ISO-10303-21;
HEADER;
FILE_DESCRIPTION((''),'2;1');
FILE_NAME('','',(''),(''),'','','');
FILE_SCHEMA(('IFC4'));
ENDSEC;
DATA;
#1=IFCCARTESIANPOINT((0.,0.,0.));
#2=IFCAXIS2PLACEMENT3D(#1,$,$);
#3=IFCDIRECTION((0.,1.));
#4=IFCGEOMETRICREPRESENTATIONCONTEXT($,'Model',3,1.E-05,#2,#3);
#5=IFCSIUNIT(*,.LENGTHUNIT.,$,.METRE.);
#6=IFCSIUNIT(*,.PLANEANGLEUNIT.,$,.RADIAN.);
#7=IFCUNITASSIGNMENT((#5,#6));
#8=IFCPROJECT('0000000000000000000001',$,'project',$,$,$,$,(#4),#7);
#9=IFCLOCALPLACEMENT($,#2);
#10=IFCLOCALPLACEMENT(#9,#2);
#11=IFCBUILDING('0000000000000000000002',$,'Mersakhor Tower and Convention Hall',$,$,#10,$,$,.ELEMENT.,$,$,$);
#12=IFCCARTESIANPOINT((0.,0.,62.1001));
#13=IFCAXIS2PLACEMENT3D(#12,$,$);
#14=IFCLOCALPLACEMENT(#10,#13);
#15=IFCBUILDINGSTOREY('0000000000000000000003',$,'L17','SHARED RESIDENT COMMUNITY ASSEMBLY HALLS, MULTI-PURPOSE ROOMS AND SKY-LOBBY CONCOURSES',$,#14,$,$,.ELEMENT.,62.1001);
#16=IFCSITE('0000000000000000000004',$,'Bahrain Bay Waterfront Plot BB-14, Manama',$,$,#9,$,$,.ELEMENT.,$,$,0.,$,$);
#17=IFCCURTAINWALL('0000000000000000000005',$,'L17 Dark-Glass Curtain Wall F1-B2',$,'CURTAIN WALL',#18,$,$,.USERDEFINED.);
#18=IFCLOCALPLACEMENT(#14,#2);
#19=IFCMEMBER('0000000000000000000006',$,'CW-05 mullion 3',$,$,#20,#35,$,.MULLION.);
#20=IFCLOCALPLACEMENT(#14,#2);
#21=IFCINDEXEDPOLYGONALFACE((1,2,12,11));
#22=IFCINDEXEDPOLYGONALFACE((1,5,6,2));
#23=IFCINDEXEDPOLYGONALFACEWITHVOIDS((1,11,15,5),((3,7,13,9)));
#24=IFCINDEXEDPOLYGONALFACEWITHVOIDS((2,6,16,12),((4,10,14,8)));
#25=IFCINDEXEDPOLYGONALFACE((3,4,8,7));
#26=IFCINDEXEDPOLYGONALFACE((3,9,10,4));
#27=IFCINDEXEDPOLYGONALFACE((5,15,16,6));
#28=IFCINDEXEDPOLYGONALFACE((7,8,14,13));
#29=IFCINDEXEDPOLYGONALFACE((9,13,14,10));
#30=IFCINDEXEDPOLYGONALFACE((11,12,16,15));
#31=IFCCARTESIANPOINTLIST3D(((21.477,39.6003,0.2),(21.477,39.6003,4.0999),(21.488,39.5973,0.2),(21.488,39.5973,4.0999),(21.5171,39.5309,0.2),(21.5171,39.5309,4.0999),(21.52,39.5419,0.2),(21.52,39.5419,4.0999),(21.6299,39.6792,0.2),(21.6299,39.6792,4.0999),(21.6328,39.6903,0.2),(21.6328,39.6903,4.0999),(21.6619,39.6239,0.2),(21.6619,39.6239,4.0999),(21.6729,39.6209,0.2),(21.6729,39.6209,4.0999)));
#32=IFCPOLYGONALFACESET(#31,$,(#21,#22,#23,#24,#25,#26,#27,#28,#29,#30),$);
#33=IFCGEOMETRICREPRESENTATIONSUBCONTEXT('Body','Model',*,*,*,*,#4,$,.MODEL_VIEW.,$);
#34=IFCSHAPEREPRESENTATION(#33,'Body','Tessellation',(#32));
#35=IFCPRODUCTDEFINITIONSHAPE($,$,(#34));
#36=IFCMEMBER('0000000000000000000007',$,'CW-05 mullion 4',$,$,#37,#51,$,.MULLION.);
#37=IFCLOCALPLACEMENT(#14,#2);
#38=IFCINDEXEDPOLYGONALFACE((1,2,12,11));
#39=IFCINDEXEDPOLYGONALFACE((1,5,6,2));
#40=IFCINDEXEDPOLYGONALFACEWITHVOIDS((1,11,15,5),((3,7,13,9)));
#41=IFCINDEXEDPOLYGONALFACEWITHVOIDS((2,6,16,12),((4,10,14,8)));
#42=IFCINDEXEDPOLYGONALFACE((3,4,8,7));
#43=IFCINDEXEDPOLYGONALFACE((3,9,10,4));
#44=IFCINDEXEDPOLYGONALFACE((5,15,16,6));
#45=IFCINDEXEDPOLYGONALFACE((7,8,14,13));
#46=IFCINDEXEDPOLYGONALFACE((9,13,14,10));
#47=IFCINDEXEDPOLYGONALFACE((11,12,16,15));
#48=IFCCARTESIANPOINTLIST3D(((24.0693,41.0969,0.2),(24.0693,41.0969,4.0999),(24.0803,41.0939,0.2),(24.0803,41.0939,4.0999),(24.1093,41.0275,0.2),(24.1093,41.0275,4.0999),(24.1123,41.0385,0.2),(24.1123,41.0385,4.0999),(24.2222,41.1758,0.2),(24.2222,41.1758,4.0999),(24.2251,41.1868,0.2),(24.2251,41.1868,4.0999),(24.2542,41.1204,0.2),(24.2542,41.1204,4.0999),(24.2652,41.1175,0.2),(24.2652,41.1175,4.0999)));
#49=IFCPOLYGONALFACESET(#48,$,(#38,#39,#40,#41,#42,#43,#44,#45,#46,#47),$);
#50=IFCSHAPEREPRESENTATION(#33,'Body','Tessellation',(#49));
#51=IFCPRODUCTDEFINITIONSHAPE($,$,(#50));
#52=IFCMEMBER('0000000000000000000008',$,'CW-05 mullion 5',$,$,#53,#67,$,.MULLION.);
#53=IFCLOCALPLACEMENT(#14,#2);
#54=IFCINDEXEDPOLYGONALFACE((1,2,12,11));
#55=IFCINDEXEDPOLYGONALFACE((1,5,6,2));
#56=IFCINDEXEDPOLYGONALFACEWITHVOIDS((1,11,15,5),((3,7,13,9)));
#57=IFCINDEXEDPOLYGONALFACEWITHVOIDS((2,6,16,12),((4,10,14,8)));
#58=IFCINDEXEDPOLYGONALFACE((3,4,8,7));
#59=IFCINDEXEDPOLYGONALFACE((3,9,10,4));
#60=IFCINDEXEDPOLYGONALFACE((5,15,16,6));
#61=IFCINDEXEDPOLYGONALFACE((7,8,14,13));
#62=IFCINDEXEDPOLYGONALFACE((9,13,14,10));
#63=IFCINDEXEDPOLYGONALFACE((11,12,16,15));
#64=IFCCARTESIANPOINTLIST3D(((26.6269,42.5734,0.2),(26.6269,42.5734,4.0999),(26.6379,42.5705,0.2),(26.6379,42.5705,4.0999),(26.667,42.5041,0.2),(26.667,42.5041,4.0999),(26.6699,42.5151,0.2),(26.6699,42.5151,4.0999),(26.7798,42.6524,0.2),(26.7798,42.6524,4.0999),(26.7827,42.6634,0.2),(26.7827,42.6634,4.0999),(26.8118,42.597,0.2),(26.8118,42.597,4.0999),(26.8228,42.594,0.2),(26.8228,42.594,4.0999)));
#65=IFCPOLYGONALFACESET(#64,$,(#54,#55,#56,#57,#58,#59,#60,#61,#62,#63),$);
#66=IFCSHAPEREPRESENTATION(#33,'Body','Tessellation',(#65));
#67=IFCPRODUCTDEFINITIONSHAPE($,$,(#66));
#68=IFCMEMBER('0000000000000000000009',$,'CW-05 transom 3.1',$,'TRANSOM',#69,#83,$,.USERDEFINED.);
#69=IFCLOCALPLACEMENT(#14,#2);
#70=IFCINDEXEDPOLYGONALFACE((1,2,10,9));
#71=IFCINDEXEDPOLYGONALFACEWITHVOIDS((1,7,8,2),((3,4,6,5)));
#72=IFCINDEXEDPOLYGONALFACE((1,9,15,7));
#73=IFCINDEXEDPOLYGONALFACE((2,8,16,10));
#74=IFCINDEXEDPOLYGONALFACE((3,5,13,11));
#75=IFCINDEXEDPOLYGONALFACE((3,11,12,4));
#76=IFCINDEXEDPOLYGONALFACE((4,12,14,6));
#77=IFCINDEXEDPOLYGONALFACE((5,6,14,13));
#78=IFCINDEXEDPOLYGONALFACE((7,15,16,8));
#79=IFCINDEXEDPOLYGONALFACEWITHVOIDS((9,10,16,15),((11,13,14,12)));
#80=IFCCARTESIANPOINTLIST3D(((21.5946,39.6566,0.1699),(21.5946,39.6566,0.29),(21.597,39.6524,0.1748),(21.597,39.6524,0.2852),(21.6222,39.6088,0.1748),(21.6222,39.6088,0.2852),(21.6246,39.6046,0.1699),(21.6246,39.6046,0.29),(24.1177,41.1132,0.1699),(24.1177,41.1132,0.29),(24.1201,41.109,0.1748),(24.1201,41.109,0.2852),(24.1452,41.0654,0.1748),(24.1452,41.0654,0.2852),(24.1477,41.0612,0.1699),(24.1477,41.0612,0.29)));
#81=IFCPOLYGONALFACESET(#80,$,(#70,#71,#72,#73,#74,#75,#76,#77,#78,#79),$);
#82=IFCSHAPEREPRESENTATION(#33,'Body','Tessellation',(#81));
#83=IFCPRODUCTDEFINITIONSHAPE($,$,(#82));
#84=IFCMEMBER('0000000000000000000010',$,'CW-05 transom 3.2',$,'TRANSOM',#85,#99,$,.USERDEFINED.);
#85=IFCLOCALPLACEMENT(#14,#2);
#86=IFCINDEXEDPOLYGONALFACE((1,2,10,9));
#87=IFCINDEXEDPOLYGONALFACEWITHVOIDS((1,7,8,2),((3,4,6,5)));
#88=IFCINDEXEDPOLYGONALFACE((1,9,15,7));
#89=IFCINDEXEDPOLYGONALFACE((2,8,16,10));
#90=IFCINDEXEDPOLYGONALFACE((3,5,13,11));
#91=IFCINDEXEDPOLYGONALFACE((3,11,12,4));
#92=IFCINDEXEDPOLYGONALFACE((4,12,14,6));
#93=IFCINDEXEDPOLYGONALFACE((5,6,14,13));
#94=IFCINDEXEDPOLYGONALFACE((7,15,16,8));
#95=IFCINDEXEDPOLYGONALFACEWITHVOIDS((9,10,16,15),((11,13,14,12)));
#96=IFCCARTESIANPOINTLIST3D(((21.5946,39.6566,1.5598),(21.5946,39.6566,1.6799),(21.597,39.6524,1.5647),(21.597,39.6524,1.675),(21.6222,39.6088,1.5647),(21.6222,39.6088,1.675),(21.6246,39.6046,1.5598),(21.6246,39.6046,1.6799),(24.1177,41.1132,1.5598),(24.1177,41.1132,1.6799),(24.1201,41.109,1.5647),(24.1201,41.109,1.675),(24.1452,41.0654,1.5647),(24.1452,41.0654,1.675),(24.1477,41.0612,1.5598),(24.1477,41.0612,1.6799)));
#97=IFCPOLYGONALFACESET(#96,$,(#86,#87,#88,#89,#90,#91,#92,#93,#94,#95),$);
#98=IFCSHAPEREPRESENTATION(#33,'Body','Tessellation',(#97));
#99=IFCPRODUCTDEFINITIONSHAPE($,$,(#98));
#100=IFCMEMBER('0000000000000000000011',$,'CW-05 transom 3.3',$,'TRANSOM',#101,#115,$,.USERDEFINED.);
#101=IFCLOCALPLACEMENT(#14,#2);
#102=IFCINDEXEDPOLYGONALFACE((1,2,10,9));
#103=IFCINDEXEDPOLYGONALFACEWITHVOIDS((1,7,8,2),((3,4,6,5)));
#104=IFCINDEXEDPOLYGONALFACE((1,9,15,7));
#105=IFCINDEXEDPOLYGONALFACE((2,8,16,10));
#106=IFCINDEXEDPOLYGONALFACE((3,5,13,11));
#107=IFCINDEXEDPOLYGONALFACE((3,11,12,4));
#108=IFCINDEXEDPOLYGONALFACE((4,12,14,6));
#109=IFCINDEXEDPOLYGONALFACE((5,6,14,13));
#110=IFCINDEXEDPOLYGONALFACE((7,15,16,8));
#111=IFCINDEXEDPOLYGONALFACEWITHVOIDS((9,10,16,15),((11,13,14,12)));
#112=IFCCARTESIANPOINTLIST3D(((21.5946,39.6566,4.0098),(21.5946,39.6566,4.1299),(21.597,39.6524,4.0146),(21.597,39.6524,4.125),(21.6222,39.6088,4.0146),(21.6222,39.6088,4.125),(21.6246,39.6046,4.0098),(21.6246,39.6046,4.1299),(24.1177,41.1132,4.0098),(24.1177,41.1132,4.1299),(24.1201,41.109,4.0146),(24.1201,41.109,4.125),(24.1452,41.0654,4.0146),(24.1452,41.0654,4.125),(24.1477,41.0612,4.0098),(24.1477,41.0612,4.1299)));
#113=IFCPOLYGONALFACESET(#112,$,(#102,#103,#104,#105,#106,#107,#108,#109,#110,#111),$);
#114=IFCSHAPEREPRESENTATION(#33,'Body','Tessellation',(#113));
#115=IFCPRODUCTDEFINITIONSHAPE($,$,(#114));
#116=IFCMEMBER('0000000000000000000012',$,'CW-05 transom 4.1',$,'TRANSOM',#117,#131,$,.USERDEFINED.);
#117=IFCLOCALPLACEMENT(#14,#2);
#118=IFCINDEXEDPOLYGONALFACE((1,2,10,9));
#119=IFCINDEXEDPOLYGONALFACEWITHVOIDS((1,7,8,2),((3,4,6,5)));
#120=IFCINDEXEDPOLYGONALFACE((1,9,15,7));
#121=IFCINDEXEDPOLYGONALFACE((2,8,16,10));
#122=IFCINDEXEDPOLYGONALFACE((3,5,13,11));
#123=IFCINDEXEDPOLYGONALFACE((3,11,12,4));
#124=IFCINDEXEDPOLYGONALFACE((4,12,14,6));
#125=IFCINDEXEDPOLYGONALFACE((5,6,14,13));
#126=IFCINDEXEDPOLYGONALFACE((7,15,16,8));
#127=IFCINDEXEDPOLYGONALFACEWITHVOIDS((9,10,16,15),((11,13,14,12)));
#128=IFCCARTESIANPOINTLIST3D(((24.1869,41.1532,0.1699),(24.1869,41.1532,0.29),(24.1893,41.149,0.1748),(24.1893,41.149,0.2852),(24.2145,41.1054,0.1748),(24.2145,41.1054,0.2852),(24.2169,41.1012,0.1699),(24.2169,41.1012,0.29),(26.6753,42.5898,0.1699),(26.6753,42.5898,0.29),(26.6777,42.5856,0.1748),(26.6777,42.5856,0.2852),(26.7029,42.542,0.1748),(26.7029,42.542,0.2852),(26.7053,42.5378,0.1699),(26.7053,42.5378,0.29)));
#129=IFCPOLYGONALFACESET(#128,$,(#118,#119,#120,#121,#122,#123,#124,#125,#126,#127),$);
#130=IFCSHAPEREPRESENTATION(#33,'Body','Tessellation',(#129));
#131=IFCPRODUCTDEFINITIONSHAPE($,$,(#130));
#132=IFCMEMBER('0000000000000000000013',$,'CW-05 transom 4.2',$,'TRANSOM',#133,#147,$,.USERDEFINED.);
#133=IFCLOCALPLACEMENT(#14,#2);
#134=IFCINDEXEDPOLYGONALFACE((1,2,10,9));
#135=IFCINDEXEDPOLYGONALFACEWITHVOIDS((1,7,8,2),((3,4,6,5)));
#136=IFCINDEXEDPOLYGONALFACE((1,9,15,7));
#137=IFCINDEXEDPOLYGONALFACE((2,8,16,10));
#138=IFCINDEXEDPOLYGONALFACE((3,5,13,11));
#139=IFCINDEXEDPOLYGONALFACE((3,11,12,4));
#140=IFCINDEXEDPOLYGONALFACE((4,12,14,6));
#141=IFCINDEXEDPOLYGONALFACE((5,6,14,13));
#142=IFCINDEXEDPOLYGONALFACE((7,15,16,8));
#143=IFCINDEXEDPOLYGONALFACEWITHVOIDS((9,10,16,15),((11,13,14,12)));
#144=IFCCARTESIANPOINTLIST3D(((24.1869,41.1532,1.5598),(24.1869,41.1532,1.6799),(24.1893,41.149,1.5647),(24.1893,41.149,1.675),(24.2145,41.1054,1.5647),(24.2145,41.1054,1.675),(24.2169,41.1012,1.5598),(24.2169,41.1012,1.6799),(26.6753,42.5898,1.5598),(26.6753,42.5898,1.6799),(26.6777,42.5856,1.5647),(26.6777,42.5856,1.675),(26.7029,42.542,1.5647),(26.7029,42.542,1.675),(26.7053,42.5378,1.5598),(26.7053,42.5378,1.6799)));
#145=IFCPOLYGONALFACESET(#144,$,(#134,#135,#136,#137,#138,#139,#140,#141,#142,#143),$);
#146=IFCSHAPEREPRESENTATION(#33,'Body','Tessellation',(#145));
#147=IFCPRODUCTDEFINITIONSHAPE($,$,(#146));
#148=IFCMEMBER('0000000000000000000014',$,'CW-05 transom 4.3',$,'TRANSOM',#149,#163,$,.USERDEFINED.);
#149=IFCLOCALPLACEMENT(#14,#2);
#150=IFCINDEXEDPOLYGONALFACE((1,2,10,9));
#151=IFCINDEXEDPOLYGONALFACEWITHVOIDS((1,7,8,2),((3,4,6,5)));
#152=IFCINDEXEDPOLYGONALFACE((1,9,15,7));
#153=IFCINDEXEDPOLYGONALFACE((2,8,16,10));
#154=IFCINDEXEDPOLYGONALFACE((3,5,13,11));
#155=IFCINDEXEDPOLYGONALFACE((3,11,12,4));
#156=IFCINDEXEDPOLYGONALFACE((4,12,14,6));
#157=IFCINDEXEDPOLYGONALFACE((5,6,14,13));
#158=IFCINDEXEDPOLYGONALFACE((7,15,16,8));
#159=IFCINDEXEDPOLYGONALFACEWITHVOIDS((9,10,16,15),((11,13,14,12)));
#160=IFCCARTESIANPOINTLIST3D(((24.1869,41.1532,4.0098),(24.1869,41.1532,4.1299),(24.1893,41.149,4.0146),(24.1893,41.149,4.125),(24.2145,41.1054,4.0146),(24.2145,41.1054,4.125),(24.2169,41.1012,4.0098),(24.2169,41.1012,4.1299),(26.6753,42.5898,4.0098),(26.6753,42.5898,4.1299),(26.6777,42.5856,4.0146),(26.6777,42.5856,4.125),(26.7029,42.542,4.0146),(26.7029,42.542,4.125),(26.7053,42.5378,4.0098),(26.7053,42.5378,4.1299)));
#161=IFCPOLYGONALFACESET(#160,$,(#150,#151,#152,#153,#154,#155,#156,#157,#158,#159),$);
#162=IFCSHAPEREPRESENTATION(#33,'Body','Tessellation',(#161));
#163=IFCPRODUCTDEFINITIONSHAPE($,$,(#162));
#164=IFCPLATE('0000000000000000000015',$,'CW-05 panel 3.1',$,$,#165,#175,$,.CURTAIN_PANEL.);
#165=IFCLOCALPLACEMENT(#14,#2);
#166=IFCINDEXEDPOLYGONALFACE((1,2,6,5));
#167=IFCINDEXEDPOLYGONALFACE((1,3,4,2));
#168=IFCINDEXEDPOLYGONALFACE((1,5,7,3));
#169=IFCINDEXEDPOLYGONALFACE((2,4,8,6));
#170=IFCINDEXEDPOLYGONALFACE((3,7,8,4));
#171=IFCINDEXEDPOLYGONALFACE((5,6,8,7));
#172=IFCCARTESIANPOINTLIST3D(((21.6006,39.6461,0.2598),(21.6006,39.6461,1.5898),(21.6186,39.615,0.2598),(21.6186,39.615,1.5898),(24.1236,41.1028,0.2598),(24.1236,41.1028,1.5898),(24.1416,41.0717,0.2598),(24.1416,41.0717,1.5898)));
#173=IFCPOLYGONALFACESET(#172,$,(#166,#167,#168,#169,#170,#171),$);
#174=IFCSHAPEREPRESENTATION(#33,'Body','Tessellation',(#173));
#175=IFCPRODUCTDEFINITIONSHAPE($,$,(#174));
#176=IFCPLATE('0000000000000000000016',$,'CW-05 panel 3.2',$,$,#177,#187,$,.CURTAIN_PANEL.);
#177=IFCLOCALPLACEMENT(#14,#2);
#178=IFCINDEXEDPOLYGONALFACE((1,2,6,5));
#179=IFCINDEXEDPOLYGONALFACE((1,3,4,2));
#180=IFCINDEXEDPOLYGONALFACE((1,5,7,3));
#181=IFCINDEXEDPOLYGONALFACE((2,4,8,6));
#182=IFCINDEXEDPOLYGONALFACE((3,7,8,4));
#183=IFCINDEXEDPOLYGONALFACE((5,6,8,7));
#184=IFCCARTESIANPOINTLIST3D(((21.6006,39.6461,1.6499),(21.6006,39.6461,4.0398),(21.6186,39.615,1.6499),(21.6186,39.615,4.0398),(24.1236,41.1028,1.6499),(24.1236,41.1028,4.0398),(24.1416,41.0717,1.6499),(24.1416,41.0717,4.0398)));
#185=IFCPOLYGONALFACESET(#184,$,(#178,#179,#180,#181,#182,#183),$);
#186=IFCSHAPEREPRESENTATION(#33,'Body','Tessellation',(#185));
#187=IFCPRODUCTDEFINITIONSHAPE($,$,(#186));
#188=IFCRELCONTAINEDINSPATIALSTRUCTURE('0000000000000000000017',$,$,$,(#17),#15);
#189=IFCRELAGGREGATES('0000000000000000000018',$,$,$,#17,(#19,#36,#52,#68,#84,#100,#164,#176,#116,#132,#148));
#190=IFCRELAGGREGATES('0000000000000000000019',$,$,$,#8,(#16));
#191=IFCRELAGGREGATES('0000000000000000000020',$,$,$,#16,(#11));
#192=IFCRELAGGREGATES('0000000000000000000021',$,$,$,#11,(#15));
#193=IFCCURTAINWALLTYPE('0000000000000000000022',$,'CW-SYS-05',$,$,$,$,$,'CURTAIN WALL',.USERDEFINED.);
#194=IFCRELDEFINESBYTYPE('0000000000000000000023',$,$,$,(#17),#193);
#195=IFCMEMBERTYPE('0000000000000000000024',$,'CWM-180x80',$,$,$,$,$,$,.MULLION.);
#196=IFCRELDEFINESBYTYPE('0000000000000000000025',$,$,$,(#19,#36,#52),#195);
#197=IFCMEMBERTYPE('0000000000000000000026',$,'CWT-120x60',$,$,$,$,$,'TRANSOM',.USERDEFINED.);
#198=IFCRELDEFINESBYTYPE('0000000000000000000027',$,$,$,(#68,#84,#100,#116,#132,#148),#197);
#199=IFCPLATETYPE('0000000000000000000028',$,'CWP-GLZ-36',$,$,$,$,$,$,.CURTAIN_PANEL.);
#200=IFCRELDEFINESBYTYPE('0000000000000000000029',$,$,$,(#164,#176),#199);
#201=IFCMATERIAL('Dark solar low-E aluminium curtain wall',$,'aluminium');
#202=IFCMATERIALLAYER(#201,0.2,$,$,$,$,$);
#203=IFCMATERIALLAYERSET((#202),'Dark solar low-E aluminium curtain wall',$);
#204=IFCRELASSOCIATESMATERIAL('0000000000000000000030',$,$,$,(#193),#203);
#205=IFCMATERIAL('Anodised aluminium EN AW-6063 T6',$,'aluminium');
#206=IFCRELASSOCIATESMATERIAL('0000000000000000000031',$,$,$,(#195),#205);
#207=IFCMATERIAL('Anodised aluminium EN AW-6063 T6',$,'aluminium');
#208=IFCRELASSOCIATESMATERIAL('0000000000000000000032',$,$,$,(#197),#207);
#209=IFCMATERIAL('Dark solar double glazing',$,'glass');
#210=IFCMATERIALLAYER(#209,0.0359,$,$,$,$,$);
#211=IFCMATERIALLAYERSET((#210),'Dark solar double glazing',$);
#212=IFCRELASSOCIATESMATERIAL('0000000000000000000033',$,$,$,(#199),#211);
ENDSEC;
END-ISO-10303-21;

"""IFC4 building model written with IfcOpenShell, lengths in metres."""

from ifc_helpers import new_model, si_unit, direction, frame, origin, origin_2d, place, context, subcontext, project, spatial, rectangle, hollow_rectangle, extrude, material, layer, layer_set, material_profile, profile_set, type_object, element, aggregate, save


model = new_model("IFC4")

# Units and contexts
model_context = context("Model", 3, precision=1e-05, world=origin(), true_north=direction((0.0, 1.0)))
body_context = subcontext(model_context, "Body", "Model", "MODEL_VIEW")
ifc_project = project(units=[si_unit("LENGTHUNIT", "METRE"), si_unit("PLANEANGLEUNIT", "RADIAN")], contexts=[model_context])

# Site, building, storey
site_placement = place(None, origin())
site = spatial("IfcSite", under=ifc_project, at=site_placement, Name="Bahrain Bay Waterfront Plot BB-14, Manama", CompositionType="ELEMENT", RefElevation=0.0)
building_placement = place(site_placement, origin())
building = spatial("IfcBuilding", under=site, at=building_placement, Name="Mersakhor Tower and Convention Hall", CompositionType="ELEMENT")
storey_placement = place(building_placement, frame((0.0, 0.0, 62.1001)))
storey = spatial("IfcBuildingStorey", under=building, at=storey_placement, Name="L17", Description="SHARED RESIDENT COMMUNITY ASSEMBLY HALLS, MULTI-PURPOSE ROOMS AND SKY-LOBBY CONCOURSES", CompositionType="ELEMENT", Elevation=62.1001)

# Curtain wall, members, plates
ifc_material_1 = material(Name="Dark solar low-E aluminium curtain wall", Category="aluminium")
ifc_layer_1 = layer(ifc_material_1, 0.2)
ifc_layer_set_1 = layer_set([ifc_layer_1], Name="Dark solar low-E aluminium curtain wall")
curtain_wall_type = type_object("IfcCurtainWallType", Name="CW-SYS-05", ElementType="CURTAIN WALL", PredefinedType="USERDEFINED", material=ifc_layer_set_1)
curtain_wall_placement = place(storey_placement, origin())
curtain_wall = element("IfcCurtainWall", 1, at=curtain_wall_placement, inside=storey, type_object=curtain_wall_type, Name="L17 Dark-Glass Curtain Wall F1-B2", ObjectType="CURTAIN WALL", PredefinedType="USERDEFINED")
ifc_material_2 = material(Name="Anodised aluminium EN AW-6063 T6", Category="aluminium")
ifc_material_profile_1 = material_profile(ifc_material_2, hollow_rectangle(XDim=0.0801, YDim=0.1799, WallThickness=0.0081, at=origin_2d()), Name="RHS 180x80x8")
ifc_profile_set_1 = profile_set([ifc_material_profile_1], Name="Anodised aluminium EN AW-6063 T6")
member_type_1 = type_object("IfcMemberType", Name="CWM-180x80", PredefinedType="MULLION", material=ifc_profile_set_1)
member_1_placement = place(storey_placement, frame((21.575, 39.6106, 0.2), z_axis=(0.0, 0.0, 1.0), x_axis=(-0.500003, 0.866023, 0.0)))
member_1 = element("IfcMember", 2, at=member_1_placement, type_object=member_type_1, Name="CW-05 mullion 3", PredefinedType="MULLION", context=body_context, shape_type="SweptSolid", body=[
    extrude(hollow_rectangle(XDim=0.0801, YDim=0.1799, WallThickness=0.0081, at=origin_2d()), origin(), (0.0, 0.0, 1.0), 3.8999),
])
member_2_placement = place(storey_placement, frame((24.1672, 41.1072, 0.2), z_axis=(0.0, 0.0, 1.0), x_axis=(-0.500003, 0.866023, 0.0)))
member_2 = element("IfcMember", 3, at=member_2_placement, type_object=member_type_1, Name="CW-05 mullion 4", PredefinedType="MULLION", context=body_context, shape_type="SweptSolid", body=[
    extrude(hollow_rectangle(XDim=0.0801, YDim=0.1799, WallThickness=0.0081, at=origin_2d()), origin(), (0.0, 0.0, 1.0), 3.8999),
])
member_3_placement = place(storey_placement, frame((26.7249, 42.5837, 0.2), z_axis=(0.0, 0.0, 1.0), x_axis=(-0.500003, 0.866023, 0.0)))
member_3 = element("IfcMember", 4, at=member_3_placement, type_object=member_type_1, Name="CW-05 mullion 5", PredefinedType="MULLION", context=body_context, shape_type="SweptSolid", body=[
    extrude(hollow_rectangle(XDim=0.0801, YDim=0.1799, WallThickness=0.0081, at=origin_2d()), origin(), (0.0, 0.0, 1.0), 3.8999),
])
ifc_material_3 = material(Name="Anodised aluminium EN AW-6063 T6", Category="aluminium")
ifc_material_profile_2 = material_profile(ifc_material_3, hollow_rectangle(XDim=0.0601, YDim=0.1201, WallThickness=0.0049, at=origin_2d()), Name="RHS 120x60x5")
ifc_profile_set_2 = profile_set([ifc_material_profile_2], Name="Anodised aluminium EN AW-6063 T6")
member_type_2 = type_object("IfcMemberType", Name="CWT-120x60", ElementType="TRANSOM", PredefinedType="USERDEFINED", material=ifc_profile_set_2)
member_4_placement = place(storey_placement, frame((21.6096, 39.6306, 0.23), z_axis=(0.866038, 0.499979, 0.0), x_axis=(-0.499979, 0.866038, 0.0)))
member_4 = element("IfcMember", 5, at=member_4_placement, type_object=member_type_2, Name="CW-05 transom 3.1", ObjectType="TRANSOM", PredefinedType="USERDEFINED", context=body_context, shape_type="SweptSolid", body=[
    extrude(hollow_rectangle(XDim=0.0601, YDim=0.1201, WallThickness=0.0049, at=origin_2d()), origin(), (0.0, 0.0, 1.0), 2.9133),
])
member_5_placement = place(storey_placement, frame((21.6096, 39.6306, 1.6199), z_axis=(0.866038, 0.499979, 0.0), x_axis=(-0.499979, 0.866038, 0.0)))
member_5 = element("IfcMember", 6, at=member_5_placement, type_object=member_type_2, Name="CW-05 transom 3.2", ObjectType="TRANSOM", PredefinedType="USERDEFINED", context=body_context, shape_type="SweptSolid", body=[
    extrude(hollow_rectangle(XDim=0.0601, YDim=0.1201, WallThickness=0.0049, at=origin_2d()), origin(), (0.0, 0.0, 1.0), 2.9133),
])
member_6_placement = place(storey_placement, frame((21.6096, 39.6306, 4.0698), z_axis=(0.866038, 0.499979, 0.0), x_axis=(-0.499979, 0.866038, 0.0)))
member_6 = element("IfcMember", 7, at=member_6_placement, type_object=member_type_2, Name="CW-05 transom 3.3", ObjectType="TRANSOM", PredefinedType="USERDEFINED", context=body_context, shape_type="SweptSolid", body=[
    extrude(hollow_rectangle(XDim=0.0601, YDim=0.1201, WallThickness=0.0049, at=origin_2d()), origin(), (0.0, 0.0, 1.0), 2.9133),
])
member_7_placement = place(storey_placement, frame((24.2019, 41.1272, 0.23), z_axis=(0.866038, 0.499977, 0.0), x_axis=(-0.499977, 0.866038, 0.0)))
member_7 = element("IfcMember", 8, at=member_7_placement, type_object=member_type_2, Name="CW-05 transom 4.1", ObjectType="TRANSOM", PredefinedType="USERDEFINED", context=body_context, shape_type="SweptSolid", body=[
    extrude(hollow_rectangle(XDim=0.0601, YDim=0.1201, WallThickness=0.0049, at=origin_2d()), origin(), (0.0, 0.0, 1.0), 2.8733),
])
member_8_placement = place(storey_placement, frame((24.2019, 41.1272, 1.6199), z_axis=(0.866038, 0.499977, 0.0), x_axis=(-0.499977, 0.866038, 0.0)))
member_8 = element("IfcMember", 9, at=member_8_placement, type_object=member_type_2, Name="CW-05 transom 4.2", ObjectType="TRANSOM", PredefinedType="USERDEFINED", context=body_context, shape_type="SweptSolid", body=[
    extrude(hollow_rectangle(XDim=0.0601, YDim=0.1201, WallThickness=0.0049, at=origin_2d()), origin(), (0.0, 0.0, 1.0), 2.8733),
])
member_9_placement = place(storey_placement, frame((24.2019, 41.1272, 4.0698), z_axis=(0.866038, 0.499977, 0.0), x_axis=(-0.499977, 0.866038, 0.0)))
member_9 = element("IfcMember", 10, at=member_9_placement, type_object=member_type_2, Name="CW-05 transom 4.3", ObjectType="TRANSOM", PredefinedType="USERDEFINED", context=body_context, shape_type="SweptSolid", body=[
    extrude(hollow_rectangle(XDim=0.0601, YDim=0.1201, WallThickness=0.0049, at=origin_2d()), origin(), (0.0, 0.0, 1.0), 2.8733),
])
ifc_material_4 = material(Name="Dark solar double glazing", Category="glass")
ifc_layer_2 = layer(ifc_material_4, 0.0359)
ifc_layer_set_2 = layer_set([ifc_layer_2], Name="Dark solar double glazing")
plate_type_1 = type_object("IfcPlateType", Name="CWP-GLZ-36", PredefinedType="CURTAIN_PANEL", material=ifc_layer_set_2)
plate_1_placement = place(storey_placement, frame((22.8711, 40.3589, 0.2598), z_axis=(0.0, 0.0, 1.0), x_axis=(0.866023, 0.500003, 0.0)))
plate_1 = element("IfcPlate", 11, at=plate_1_placement, type_object=plate_type_1, Name="CW-05 panel 3.1", PredefinedType="CURTAIN_PANEL", context=body_context, shape_type="SweptSolid", body=[
    extrude(rectangle(XDim=2.9133, YDim=0.0359, at=origin_2d()), origin(), (0.0, 0.0, 1.0), 1.3301),
])
plate_2_placement = place(storey_placement, frame((22.8711, 40.3589, 1.6499), z_axis=(0.0, 0.0, 1.0), x_axis=(0.866023, 0.500003, 0.0)))
plate_2 = element("IfcPlate", 12, at=plate_2_placement, type_object=plate_type_1, Name="CW-05 panel 3.2", PredefinedType="CURTAIN_PANEL", context=body_context, shape_type="SweptSolid", body=[
    extrude(rectangle(XDim=2.9133, YDim=0.0359, at=origin_2d()), origin(), (0.0, 0.0, 1.0), 2.3899),
])
aggregate(curtain_wall, [member_1, member_2, member_3, member_4, member_5, member_6, plate_1, plate_2, member_7, member_8, member_9])

save(model, "model.ifc")
